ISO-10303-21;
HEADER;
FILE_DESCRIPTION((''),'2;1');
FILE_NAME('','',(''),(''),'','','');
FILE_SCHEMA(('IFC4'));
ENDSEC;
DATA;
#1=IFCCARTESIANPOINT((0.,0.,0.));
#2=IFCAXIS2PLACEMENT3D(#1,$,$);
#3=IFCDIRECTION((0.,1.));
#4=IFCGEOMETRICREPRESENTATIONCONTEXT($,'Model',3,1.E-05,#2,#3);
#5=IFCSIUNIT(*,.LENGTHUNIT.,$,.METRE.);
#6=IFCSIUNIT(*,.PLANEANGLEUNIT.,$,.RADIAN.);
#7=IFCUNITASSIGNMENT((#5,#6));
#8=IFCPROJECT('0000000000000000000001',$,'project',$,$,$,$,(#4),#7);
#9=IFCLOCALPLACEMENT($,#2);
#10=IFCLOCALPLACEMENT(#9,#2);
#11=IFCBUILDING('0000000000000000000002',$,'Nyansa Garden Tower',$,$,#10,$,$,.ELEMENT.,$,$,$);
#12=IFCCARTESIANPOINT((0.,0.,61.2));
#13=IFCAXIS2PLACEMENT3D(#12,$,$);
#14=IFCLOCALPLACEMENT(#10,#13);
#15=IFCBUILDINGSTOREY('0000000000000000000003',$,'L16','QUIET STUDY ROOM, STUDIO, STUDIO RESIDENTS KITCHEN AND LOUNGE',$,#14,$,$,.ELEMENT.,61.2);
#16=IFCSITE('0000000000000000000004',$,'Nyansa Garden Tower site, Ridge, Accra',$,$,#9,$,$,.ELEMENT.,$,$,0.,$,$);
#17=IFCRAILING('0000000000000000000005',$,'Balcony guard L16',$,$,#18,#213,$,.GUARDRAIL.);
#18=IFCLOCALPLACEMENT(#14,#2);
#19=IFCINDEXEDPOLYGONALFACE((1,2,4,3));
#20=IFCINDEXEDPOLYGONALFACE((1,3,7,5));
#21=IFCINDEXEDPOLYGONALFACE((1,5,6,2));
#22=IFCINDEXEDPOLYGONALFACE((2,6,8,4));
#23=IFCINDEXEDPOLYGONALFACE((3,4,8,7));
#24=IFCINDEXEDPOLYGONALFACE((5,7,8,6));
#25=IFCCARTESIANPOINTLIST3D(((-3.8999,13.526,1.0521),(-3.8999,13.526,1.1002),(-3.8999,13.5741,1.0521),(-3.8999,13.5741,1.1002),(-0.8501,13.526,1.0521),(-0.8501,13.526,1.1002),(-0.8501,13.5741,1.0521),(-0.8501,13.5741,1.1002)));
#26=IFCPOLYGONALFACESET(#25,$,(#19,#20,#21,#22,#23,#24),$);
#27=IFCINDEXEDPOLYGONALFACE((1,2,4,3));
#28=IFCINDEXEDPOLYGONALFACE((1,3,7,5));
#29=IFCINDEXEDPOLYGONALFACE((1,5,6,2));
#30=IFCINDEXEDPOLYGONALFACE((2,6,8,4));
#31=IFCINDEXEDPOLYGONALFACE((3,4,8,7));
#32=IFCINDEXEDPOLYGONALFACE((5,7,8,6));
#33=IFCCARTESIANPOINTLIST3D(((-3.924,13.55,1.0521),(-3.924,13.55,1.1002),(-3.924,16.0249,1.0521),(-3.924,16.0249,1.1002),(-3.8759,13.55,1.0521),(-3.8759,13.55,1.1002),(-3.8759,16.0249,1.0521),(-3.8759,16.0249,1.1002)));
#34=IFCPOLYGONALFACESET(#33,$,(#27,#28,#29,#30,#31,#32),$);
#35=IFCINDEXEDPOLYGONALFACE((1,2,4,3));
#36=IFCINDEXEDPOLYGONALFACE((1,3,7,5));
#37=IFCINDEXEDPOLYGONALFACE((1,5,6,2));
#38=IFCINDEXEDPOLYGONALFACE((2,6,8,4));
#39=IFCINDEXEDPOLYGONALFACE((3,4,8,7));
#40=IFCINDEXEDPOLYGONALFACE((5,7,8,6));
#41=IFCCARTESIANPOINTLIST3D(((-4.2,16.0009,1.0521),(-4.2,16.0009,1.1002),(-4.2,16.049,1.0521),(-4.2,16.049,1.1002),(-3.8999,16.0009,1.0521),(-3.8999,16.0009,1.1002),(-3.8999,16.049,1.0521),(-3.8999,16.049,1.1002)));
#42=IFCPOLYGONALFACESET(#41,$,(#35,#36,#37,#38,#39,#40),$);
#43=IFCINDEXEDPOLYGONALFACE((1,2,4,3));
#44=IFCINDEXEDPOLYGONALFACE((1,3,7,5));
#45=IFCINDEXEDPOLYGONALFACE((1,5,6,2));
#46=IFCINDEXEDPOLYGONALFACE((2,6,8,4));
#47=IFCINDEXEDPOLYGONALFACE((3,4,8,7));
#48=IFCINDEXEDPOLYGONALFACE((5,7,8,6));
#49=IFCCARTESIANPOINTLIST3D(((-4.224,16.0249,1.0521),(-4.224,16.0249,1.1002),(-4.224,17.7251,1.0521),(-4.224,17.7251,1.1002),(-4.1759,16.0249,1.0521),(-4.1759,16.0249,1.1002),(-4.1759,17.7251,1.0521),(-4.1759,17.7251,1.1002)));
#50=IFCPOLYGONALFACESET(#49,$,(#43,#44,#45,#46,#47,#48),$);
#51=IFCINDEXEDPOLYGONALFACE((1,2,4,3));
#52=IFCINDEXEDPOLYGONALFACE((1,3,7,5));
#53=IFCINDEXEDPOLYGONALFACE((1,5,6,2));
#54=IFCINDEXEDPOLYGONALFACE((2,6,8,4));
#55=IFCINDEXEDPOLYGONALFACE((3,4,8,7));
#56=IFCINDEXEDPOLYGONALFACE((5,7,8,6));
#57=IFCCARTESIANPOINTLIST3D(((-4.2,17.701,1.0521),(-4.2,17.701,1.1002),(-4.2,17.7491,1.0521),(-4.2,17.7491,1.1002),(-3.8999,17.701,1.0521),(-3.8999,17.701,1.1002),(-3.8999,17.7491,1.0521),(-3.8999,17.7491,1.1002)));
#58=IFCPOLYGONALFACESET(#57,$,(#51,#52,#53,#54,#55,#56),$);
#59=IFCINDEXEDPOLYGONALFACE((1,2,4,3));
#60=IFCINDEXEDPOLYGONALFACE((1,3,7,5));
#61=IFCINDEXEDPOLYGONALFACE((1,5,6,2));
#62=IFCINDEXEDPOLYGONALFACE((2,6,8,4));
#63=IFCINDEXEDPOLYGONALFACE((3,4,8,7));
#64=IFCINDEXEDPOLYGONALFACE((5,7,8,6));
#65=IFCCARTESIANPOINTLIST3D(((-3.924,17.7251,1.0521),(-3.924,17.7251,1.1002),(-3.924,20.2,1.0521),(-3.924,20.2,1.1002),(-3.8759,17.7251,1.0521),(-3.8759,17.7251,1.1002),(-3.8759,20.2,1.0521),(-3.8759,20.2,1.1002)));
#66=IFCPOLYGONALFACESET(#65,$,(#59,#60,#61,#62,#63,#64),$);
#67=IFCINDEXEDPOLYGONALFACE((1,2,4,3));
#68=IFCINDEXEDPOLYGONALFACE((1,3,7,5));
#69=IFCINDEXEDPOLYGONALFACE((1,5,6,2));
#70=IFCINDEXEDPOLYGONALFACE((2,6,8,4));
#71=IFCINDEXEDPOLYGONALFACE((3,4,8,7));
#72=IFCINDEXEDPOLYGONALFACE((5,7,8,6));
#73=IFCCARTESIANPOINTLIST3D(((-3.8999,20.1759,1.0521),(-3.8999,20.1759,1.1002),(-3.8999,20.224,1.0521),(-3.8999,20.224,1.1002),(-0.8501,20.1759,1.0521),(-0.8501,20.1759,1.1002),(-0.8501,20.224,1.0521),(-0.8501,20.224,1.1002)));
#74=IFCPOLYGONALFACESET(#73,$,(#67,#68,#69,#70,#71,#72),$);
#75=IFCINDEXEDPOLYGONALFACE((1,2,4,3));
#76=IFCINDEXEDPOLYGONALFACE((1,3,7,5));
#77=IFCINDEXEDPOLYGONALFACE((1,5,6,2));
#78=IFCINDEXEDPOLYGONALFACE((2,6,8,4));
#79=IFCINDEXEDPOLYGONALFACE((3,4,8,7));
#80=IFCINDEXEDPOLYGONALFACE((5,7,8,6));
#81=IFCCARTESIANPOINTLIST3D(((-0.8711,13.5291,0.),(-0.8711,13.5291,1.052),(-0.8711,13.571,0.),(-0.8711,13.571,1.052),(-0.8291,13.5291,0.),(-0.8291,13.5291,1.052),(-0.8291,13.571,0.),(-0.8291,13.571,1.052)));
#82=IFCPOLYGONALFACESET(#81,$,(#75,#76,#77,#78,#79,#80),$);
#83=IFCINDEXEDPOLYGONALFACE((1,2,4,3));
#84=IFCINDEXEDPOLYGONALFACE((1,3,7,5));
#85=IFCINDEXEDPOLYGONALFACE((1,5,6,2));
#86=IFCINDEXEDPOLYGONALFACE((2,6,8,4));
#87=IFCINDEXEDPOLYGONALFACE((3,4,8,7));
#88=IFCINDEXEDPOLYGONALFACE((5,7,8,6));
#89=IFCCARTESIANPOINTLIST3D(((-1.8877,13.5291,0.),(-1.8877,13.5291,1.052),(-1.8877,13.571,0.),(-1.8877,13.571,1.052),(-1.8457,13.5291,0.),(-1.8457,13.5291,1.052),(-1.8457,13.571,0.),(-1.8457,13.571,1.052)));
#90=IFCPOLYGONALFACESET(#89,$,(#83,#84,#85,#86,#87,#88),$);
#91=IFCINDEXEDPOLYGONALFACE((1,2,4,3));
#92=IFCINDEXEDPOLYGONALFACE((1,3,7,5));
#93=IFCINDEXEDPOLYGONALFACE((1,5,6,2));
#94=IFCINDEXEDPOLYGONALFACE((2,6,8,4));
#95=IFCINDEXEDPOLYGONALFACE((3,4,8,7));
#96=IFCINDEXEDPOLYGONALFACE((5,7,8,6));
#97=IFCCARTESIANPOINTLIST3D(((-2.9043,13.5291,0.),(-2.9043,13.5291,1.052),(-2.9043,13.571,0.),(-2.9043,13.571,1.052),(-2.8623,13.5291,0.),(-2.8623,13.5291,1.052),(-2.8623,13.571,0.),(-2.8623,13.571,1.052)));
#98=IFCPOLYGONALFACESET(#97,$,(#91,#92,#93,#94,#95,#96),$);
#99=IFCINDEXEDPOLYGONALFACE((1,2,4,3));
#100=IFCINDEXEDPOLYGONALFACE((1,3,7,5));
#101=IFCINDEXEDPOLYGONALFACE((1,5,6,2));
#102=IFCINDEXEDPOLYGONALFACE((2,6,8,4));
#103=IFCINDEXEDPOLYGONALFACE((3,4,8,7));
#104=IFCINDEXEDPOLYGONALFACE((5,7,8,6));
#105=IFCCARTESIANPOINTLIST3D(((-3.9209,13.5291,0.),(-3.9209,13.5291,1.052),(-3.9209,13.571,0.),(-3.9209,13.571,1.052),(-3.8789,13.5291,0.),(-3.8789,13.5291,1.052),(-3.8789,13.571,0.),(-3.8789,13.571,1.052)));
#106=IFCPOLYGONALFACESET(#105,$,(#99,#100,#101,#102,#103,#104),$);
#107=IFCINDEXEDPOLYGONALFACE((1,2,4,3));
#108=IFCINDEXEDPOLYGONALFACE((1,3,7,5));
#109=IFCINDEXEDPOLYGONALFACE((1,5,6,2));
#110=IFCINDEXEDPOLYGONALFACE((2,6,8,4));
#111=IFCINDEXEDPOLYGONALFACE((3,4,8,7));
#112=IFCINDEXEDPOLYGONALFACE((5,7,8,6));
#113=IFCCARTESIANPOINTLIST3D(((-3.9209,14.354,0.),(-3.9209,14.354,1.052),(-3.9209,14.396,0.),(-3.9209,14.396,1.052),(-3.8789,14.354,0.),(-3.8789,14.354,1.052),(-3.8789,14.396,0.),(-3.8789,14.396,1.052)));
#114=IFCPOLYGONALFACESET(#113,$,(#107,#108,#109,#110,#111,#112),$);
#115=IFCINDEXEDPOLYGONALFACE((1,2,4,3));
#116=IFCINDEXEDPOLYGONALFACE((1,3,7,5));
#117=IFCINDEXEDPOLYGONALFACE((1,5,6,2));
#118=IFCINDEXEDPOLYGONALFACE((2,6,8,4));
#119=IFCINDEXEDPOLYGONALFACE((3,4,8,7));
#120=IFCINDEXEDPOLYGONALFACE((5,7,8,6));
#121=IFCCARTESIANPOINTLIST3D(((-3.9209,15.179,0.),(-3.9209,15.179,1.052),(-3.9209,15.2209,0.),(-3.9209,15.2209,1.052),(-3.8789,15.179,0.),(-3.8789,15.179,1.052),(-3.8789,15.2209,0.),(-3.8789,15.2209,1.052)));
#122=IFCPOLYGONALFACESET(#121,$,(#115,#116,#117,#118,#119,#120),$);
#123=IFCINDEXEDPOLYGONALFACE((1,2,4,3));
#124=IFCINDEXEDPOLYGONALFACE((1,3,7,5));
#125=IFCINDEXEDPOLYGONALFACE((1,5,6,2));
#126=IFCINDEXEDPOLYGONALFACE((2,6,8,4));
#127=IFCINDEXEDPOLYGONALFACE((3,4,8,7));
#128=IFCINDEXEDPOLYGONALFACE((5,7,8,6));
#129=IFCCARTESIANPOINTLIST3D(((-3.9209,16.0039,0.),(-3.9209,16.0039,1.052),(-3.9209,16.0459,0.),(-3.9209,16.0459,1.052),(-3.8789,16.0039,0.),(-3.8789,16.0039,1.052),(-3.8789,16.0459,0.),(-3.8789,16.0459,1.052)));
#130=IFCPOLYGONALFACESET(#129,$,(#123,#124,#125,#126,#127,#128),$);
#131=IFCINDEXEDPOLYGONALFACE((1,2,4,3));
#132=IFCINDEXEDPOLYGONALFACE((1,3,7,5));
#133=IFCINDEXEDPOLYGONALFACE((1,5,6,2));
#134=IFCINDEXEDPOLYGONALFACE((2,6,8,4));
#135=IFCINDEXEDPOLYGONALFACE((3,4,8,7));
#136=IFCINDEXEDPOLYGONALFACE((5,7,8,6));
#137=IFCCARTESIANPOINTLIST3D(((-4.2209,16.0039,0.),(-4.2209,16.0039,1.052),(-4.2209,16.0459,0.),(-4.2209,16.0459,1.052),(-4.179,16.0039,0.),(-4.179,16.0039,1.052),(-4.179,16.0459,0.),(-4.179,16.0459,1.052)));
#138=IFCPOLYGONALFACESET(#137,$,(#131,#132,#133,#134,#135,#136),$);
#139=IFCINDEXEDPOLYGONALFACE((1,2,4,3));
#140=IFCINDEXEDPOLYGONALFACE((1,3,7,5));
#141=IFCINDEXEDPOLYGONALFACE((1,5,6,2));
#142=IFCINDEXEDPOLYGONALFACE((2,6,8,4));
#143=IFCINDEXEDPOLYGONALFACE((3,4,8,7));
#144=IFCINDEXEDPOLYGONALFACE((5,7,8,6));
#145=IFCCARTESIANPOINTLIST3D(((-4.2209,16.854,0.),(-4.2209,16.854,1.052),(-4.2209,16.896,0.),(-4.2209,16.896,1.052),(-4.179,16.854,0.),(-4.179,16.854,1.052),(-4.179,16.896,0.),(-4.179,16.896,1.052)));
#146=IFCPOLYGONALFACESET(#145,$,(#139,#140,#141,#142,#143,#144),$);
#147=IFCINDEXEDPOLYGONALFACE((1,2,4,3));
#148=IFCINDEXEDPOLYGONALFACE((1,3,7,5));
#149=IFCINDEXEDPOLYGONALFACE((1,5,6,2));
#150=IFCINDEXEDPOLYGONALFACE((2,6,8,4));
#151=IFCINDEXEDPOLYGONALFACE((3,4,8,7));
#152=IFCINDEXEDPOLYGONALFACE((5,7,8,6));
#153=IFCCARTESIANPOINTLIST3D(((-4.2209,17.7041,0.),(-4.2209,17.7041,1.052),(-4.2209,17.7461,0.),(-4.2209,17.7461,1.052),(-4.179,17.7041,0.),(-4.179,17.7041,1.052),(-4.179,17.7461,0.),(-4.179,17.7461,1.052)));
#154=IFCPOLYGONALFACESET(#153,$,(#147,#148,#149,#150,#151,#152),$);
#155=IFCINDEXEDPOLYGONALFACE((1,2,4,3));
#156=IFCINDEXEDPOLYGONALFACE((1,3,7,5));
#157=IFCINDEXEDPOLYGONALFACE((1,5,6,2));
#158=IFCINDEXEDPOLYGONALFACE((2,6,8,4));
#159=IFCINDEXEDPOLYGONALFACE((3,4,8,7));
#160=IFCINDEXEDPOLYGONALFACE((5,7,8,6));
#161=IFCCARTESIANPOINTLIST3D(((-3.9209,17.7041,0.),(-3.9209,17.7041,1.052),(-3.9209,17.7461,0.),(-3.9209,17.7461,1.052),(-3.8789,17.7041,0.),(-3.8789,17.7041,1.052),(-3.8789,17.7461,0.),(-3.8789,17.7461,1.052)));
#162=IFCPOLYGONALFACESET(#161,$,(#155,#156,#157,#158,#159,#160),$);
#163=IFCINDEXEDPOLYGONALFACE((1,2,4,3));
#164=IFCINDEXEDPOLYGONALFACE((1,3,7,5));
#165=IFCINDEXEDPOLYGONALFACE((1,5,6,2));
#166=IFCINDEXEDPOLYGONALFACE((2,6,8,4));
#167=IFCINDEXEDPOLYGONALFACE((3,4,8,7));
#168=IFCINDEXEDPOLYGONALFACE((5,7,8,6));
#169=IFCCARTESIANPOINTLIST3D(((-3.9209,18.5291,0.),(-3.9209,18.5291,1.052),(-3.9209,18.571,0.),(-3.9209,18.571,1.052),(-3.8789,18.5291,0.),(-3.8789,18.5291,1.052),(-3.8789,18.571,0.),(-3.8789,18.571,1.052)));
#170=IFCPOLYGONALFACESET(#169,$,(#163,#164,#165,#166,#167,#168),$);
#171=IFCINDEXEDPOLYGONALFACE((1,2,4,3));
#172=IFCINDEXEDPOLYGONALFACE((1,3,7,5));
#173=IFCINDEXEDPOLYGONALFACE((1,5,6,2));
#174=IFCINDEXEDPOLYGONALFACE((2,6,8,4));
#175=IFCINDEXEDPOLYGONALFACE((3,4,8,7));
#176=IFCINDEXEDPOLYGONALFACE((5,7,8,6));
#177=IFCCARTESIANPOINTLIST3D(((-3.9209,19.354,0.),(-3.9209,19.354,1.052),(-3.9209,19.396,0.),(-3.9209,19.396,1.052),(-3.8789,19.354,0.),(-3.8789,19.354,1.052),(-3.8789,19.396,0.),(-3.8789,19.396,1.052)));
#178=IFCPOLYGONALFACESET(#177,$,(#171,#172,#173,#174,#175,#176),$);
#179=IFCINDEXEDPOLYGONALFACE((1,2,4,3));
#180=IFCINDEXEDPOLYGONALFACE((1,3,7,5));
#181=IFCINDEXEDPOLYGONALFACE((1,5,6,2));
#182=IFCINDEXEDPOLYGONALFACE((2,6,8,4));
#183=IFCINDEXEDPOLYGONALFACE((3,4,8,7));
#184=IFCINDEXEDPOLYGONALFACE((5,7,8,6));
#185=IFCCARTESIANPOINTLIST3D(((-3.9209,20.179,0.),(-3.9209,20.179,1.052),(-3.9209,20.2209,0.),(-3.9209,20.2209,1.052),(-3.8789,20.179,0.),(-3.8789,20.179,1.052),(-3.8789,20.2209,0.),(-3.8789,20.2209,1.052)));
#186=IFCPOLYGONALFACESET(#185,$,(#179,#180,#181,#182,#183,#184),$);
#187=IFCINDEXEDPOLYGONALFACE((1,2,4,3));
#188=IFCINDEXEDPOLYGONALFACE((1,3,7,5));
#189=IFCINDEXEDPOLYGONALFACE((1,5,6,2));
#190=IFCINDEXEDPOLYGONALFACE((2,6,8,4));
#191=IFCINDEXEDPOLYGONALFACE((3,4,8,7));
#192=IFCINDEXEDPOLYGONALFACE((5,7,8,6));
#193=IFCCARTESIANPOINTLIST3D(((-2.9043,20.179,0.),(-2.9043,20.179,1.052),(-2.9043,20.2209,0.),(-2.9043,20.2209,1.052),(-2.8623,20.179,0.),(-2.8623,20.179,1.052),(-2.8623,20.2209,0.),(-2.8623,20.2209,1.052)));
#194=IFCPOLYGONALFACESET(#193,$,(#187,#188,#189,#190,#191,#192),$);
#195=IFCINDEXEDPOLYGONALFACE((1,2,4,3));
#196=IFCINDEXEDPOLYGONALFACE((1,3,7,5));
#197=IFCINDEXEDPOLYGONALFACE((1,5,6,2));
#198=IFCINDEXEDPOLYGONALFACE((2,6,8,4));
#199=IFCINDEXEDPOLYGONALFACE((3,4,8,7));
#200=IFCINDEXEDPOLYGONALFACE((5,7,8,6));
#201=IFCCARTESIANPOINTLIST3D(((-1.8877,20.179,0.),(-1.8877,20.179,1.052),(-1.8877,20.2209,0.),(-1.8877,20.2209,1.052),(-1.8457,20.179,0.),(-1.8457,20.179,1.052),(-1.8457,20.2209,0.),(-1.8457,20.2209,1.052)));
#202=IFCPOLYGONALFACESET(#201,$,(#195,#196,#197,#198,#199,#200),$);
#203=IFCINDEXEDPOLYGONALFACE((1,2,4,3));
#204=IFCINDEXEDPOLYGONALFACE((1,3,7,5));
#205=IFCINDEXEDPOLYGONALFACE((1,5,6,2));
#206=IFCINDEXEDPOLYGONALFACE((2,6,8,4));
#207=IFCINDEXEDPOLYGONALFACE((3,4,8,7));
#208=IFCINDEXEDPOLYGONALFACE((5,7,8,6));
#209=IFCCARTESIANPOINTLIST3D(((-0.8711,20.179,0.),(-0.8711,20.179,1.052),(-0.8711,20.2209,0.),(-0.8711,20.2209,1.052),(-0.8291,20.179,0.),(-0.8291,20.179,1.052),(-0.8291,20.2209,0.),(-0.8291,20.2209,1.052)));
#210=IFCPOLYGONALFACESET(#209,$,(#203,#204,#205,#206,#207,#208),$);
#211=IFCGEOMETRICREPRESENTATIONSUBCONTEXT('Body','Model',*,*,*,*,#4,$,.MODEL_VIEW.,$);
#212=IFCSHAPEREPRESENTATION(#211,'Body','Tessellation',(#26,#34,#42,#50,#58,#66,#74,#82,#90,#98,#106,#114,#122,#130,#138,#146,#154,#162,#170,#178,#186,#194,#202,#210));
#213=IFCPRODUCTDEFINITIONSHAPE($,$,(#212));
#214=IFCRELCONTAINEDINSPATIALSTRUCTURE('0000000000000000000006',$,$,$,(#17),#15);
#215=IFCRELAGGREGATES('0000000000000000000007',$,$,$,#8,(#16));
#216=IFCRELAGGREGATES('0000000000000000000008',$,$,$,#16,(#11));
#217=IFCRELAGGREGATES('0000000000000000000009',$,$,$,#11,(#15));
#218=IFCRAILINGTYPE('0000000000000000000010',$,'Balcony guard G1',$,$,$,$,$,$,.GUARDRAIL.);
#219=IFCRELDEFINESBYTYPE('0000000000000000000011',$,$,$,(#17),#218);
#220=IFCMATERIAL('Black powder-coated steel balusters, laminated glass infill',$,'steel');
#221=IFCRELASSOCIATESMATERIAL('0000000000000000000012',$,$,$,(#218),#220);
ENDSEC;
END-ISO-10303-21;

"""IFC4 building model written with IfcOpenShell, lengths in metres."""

from ifc_helpers import new_model, si_unit, direction, frame, origin, origin_2d, place, context, subcontext, project, spatial, rectangle, extrude, material, type_object, element, save


model = new_model("IFC4")

# Units and contexts
model_context = context("Model", 3, precision=1e-05, world=origin(), true_north=direction((0.0, 1.0)))
body_context = subcontext(model_context, "Body", "Model", "MODEL_VIEW")
ifc_project = project(units=[si_unit("LENGTHUNIT", "METRE"), si_unit("PLANEANGLEUNIT", "RADIAN")], contexts=[model_context])

# Site, building, storey
site_placement = place(None, origin())
site = spatial("IfcSite", under=ifc_project, at=site_placement, Name="Nyansa Garden Tower site, Ridge, Accra", CompositionType="ELEMENT", RefElevation=0.0)
building_placement = place(site_placement, origin())
building = spatial("IfcBuilding", under=site, at=building_placement, Name="Nyansa Garden Tower", CompositionType="ELEMENT")
storey_placement = place(building_placement, frame((0.0, 0.0, 61.2)))
storey = spatial("IfcBuildingStorey", under=building, at=storey_placement, Name="L16", Description="QUIET STUDY ROOM, STUDIO, STUDIO RESIDENTS KITCHEN AND LOUNGE", CompositionType="ELEMENT", Elevation=61.2)

# Railing
ifc_material_1 = material(Name="Black powder-coated steel balusters, laminated glass infill", Category="steel")
railing_type = type_object("IfcRailingType", Name="Balcony guard G1", PredefinedType="GUARDRAIL", material=ifc_material_1)
railing_placement = place(storey_placement, frame((-0.8501, 13.55, 0.0)))
element("IfcRailing", 1, at=railing_placement, inside=storey, type_object=railing_type, Name="Balcony guard L16", PredefinedType="GUARDRAIL", context=body_context, shape_type="SweptSolid", body=[
    extrude(rectangle(XDim=0.0481, YDim=0.0481, at=origin_2d()), frame((0.0, 0.0, 1.0762), z_axis=(-1.0, 0.0, 0.0), x_axis=(0.0, -1.0, 0.0)), (0.0, 0.0, 1.0), 3.0498),
    extrude(rectangle(XDim=0.0481, YDim=0.0481, at=origin_2d()), frame((-3.0498, 0.0, 1.0762), z_axis=(0.0, 1.0, 0.0), x_axis=(-1.0, 0.0, 0.0)), (0.0, 0.0, 1.0), 2.4749),
    extrude(rectangle(XDim=0.0481, YDim=0.0481, at=origin_2d()), frame((-3.0498, 2.4749, 1.0762), z_axis=(-1.0, 0.0, 0.0), x_axis=(0.0, -1.0, 0.0)), (0.0, 0.0, 1.0), 0.3),
    extrude(rectangle(XDim=0.0481, YDim=0.0481, at=origin_2d()), frame((-3.3499, 2.4749, 1.0762), z_axis=(0.0, 1.0, 0.0), x_axis=(-1.0, 0.0, 0.0)), (0.0, 0.0, 1.0), 1.7002),
    extrude(rectangle(XDim=0.0481, YDim=0.0481, at=origin_2d()), frame((-3.3499, 4.175, 1.0762), z_axis=(1.0, 0.0, 0.0), x_axis=(0.0, 1.0, 0.0)), (0.0, 0.0, 1.0), 0.3),
    extrude(rectangle(XDim=0.0481, YDim=0.0481, at=origin_2d()), frame((-3.0498, 4.175, 1.0762), z_axis=(0.0, 1.0, 0.0), x_axis=(-1.0, 0.0, 0.0)), (0.0, 0.0, 1.0), 2.4749),
    extrude(rectangle(XDim=0.0481, YDim=0.0481, at=origin_2d()), frame((-3.0498, 6.6499, 1.0762), z_axis=(1.0, 0.0, 0.0), x_axis=(0.0, 1.0, 0.0)), (0.0, 0.0, 1.0), 3.0498),
    extrude(rectangle(XDim=0.042, YDim=0.042, at=origin_2d()), origin(), (0.0, 0.0, 1.0), 1.052),
    extrude(rectangle(XDim=0.042, YDim=0.042, at=origin_2d()), frame((-1.0166, 0.0, 0.0)), (0.0, 0.0, 1.0), 1.052),
    extrude(rectangle(XDim=0.042, YDim=0.042, at=origin_2d()), frame((-2.0332, 0.0, 0.0)), (0.0, 0.0, 1.0), 1.052),
    extrude(rectangle(XDim=0.042, YDim=0.042, at=origin_2d()), frame((-3.0498, 0.0, 0.0)), (0.0, 0.0, 1.0), 1.052),
    extrude(rectangle(XDim=0.042, YDim=0.042, at=origin_2d()), frame((-3.0498, 0.825, 0.0)), (0.0, 0.0, 1.0), 1.052),
    extrude(rectangle(XDim=0.042, YDim=0.042, at=origin_2d()), frame((-3.0498, 1.6499, 0.0)), (0.0, 0.0, 1.0), 1.052),
    extrude(rectangle(XDim=0.042, YDim=0.042, at=origin_2d()), frame((-3.0498, 2.4749, 0.0)), (0.0, 0.0, 1.0), 1.052),
    extrude(rectangle(XDim=0.042, YDim=0.042, at=origin_2d()), frame((-3.3499, 2.4749, 0.0)), (0.0, 0.0, 1.0), 1.052),
    extrude(rectangle(XDim=0.042, YDim=0.042, at=origin_2d()), frame((-3.3499, 3.325, 0.0)), (0.0, 0.0, 1.0), 1.052),
    extrude(rectangle(XDim=0.042, YDim=0.042, at=origin_2d()), frame((-3.3499, 4.175, 0.0)), (0.0, 0.0, 1.0), 1.052),
    extrude(rectangle(XDim=0.042, YDim=0.042, at=origin_2d()), frame((-3.0498, 4.175, 0.0)), (0.0, 0.0, 1.0), 1.052),
    extrude(rectangle(XDim=0.042, YDim=0.042, at=origin_2d()), frame((-3.0498, 5.0, 0.0)), (0.0, 0.0, 1.0), 1.052),
    extrude(rectangle(XDim=0.042, YDim=0.042, at=origin_2d()), frame((-3.0498, 5.825, 0.0)), (0.0, 0.0, 1.0), 1.052),
    extrude(rectangle(XDim=0.042, YDim=0.042, at=origin_2d()), frame((-3.0498, 6.6499, 0.0)), (0.0, 0.0, 1.0), 1.052),
    extrude(rectangle(XDim=0.042, YDim=0.042, at=origin_2d()), frame((-2.0332, 6.6499, 0.0)), (0.0, 0.0, 1.0), 1.052),
    extrude(rectangle(XDim=0.042, YDim=0.042, at=origin_2d()), frame((-1.0166, 6.6499, 0.0)), (0.0, 0.0, 1.0), 1.052),
    extrude(rectangle(XDim=0.042, YDim=0.042, at=origin_2d()), frame((0.0, 6.6499, 0.0)), (0.0, 0.0, 1.0), 1.052),
])

save(model, "model.ifc")
